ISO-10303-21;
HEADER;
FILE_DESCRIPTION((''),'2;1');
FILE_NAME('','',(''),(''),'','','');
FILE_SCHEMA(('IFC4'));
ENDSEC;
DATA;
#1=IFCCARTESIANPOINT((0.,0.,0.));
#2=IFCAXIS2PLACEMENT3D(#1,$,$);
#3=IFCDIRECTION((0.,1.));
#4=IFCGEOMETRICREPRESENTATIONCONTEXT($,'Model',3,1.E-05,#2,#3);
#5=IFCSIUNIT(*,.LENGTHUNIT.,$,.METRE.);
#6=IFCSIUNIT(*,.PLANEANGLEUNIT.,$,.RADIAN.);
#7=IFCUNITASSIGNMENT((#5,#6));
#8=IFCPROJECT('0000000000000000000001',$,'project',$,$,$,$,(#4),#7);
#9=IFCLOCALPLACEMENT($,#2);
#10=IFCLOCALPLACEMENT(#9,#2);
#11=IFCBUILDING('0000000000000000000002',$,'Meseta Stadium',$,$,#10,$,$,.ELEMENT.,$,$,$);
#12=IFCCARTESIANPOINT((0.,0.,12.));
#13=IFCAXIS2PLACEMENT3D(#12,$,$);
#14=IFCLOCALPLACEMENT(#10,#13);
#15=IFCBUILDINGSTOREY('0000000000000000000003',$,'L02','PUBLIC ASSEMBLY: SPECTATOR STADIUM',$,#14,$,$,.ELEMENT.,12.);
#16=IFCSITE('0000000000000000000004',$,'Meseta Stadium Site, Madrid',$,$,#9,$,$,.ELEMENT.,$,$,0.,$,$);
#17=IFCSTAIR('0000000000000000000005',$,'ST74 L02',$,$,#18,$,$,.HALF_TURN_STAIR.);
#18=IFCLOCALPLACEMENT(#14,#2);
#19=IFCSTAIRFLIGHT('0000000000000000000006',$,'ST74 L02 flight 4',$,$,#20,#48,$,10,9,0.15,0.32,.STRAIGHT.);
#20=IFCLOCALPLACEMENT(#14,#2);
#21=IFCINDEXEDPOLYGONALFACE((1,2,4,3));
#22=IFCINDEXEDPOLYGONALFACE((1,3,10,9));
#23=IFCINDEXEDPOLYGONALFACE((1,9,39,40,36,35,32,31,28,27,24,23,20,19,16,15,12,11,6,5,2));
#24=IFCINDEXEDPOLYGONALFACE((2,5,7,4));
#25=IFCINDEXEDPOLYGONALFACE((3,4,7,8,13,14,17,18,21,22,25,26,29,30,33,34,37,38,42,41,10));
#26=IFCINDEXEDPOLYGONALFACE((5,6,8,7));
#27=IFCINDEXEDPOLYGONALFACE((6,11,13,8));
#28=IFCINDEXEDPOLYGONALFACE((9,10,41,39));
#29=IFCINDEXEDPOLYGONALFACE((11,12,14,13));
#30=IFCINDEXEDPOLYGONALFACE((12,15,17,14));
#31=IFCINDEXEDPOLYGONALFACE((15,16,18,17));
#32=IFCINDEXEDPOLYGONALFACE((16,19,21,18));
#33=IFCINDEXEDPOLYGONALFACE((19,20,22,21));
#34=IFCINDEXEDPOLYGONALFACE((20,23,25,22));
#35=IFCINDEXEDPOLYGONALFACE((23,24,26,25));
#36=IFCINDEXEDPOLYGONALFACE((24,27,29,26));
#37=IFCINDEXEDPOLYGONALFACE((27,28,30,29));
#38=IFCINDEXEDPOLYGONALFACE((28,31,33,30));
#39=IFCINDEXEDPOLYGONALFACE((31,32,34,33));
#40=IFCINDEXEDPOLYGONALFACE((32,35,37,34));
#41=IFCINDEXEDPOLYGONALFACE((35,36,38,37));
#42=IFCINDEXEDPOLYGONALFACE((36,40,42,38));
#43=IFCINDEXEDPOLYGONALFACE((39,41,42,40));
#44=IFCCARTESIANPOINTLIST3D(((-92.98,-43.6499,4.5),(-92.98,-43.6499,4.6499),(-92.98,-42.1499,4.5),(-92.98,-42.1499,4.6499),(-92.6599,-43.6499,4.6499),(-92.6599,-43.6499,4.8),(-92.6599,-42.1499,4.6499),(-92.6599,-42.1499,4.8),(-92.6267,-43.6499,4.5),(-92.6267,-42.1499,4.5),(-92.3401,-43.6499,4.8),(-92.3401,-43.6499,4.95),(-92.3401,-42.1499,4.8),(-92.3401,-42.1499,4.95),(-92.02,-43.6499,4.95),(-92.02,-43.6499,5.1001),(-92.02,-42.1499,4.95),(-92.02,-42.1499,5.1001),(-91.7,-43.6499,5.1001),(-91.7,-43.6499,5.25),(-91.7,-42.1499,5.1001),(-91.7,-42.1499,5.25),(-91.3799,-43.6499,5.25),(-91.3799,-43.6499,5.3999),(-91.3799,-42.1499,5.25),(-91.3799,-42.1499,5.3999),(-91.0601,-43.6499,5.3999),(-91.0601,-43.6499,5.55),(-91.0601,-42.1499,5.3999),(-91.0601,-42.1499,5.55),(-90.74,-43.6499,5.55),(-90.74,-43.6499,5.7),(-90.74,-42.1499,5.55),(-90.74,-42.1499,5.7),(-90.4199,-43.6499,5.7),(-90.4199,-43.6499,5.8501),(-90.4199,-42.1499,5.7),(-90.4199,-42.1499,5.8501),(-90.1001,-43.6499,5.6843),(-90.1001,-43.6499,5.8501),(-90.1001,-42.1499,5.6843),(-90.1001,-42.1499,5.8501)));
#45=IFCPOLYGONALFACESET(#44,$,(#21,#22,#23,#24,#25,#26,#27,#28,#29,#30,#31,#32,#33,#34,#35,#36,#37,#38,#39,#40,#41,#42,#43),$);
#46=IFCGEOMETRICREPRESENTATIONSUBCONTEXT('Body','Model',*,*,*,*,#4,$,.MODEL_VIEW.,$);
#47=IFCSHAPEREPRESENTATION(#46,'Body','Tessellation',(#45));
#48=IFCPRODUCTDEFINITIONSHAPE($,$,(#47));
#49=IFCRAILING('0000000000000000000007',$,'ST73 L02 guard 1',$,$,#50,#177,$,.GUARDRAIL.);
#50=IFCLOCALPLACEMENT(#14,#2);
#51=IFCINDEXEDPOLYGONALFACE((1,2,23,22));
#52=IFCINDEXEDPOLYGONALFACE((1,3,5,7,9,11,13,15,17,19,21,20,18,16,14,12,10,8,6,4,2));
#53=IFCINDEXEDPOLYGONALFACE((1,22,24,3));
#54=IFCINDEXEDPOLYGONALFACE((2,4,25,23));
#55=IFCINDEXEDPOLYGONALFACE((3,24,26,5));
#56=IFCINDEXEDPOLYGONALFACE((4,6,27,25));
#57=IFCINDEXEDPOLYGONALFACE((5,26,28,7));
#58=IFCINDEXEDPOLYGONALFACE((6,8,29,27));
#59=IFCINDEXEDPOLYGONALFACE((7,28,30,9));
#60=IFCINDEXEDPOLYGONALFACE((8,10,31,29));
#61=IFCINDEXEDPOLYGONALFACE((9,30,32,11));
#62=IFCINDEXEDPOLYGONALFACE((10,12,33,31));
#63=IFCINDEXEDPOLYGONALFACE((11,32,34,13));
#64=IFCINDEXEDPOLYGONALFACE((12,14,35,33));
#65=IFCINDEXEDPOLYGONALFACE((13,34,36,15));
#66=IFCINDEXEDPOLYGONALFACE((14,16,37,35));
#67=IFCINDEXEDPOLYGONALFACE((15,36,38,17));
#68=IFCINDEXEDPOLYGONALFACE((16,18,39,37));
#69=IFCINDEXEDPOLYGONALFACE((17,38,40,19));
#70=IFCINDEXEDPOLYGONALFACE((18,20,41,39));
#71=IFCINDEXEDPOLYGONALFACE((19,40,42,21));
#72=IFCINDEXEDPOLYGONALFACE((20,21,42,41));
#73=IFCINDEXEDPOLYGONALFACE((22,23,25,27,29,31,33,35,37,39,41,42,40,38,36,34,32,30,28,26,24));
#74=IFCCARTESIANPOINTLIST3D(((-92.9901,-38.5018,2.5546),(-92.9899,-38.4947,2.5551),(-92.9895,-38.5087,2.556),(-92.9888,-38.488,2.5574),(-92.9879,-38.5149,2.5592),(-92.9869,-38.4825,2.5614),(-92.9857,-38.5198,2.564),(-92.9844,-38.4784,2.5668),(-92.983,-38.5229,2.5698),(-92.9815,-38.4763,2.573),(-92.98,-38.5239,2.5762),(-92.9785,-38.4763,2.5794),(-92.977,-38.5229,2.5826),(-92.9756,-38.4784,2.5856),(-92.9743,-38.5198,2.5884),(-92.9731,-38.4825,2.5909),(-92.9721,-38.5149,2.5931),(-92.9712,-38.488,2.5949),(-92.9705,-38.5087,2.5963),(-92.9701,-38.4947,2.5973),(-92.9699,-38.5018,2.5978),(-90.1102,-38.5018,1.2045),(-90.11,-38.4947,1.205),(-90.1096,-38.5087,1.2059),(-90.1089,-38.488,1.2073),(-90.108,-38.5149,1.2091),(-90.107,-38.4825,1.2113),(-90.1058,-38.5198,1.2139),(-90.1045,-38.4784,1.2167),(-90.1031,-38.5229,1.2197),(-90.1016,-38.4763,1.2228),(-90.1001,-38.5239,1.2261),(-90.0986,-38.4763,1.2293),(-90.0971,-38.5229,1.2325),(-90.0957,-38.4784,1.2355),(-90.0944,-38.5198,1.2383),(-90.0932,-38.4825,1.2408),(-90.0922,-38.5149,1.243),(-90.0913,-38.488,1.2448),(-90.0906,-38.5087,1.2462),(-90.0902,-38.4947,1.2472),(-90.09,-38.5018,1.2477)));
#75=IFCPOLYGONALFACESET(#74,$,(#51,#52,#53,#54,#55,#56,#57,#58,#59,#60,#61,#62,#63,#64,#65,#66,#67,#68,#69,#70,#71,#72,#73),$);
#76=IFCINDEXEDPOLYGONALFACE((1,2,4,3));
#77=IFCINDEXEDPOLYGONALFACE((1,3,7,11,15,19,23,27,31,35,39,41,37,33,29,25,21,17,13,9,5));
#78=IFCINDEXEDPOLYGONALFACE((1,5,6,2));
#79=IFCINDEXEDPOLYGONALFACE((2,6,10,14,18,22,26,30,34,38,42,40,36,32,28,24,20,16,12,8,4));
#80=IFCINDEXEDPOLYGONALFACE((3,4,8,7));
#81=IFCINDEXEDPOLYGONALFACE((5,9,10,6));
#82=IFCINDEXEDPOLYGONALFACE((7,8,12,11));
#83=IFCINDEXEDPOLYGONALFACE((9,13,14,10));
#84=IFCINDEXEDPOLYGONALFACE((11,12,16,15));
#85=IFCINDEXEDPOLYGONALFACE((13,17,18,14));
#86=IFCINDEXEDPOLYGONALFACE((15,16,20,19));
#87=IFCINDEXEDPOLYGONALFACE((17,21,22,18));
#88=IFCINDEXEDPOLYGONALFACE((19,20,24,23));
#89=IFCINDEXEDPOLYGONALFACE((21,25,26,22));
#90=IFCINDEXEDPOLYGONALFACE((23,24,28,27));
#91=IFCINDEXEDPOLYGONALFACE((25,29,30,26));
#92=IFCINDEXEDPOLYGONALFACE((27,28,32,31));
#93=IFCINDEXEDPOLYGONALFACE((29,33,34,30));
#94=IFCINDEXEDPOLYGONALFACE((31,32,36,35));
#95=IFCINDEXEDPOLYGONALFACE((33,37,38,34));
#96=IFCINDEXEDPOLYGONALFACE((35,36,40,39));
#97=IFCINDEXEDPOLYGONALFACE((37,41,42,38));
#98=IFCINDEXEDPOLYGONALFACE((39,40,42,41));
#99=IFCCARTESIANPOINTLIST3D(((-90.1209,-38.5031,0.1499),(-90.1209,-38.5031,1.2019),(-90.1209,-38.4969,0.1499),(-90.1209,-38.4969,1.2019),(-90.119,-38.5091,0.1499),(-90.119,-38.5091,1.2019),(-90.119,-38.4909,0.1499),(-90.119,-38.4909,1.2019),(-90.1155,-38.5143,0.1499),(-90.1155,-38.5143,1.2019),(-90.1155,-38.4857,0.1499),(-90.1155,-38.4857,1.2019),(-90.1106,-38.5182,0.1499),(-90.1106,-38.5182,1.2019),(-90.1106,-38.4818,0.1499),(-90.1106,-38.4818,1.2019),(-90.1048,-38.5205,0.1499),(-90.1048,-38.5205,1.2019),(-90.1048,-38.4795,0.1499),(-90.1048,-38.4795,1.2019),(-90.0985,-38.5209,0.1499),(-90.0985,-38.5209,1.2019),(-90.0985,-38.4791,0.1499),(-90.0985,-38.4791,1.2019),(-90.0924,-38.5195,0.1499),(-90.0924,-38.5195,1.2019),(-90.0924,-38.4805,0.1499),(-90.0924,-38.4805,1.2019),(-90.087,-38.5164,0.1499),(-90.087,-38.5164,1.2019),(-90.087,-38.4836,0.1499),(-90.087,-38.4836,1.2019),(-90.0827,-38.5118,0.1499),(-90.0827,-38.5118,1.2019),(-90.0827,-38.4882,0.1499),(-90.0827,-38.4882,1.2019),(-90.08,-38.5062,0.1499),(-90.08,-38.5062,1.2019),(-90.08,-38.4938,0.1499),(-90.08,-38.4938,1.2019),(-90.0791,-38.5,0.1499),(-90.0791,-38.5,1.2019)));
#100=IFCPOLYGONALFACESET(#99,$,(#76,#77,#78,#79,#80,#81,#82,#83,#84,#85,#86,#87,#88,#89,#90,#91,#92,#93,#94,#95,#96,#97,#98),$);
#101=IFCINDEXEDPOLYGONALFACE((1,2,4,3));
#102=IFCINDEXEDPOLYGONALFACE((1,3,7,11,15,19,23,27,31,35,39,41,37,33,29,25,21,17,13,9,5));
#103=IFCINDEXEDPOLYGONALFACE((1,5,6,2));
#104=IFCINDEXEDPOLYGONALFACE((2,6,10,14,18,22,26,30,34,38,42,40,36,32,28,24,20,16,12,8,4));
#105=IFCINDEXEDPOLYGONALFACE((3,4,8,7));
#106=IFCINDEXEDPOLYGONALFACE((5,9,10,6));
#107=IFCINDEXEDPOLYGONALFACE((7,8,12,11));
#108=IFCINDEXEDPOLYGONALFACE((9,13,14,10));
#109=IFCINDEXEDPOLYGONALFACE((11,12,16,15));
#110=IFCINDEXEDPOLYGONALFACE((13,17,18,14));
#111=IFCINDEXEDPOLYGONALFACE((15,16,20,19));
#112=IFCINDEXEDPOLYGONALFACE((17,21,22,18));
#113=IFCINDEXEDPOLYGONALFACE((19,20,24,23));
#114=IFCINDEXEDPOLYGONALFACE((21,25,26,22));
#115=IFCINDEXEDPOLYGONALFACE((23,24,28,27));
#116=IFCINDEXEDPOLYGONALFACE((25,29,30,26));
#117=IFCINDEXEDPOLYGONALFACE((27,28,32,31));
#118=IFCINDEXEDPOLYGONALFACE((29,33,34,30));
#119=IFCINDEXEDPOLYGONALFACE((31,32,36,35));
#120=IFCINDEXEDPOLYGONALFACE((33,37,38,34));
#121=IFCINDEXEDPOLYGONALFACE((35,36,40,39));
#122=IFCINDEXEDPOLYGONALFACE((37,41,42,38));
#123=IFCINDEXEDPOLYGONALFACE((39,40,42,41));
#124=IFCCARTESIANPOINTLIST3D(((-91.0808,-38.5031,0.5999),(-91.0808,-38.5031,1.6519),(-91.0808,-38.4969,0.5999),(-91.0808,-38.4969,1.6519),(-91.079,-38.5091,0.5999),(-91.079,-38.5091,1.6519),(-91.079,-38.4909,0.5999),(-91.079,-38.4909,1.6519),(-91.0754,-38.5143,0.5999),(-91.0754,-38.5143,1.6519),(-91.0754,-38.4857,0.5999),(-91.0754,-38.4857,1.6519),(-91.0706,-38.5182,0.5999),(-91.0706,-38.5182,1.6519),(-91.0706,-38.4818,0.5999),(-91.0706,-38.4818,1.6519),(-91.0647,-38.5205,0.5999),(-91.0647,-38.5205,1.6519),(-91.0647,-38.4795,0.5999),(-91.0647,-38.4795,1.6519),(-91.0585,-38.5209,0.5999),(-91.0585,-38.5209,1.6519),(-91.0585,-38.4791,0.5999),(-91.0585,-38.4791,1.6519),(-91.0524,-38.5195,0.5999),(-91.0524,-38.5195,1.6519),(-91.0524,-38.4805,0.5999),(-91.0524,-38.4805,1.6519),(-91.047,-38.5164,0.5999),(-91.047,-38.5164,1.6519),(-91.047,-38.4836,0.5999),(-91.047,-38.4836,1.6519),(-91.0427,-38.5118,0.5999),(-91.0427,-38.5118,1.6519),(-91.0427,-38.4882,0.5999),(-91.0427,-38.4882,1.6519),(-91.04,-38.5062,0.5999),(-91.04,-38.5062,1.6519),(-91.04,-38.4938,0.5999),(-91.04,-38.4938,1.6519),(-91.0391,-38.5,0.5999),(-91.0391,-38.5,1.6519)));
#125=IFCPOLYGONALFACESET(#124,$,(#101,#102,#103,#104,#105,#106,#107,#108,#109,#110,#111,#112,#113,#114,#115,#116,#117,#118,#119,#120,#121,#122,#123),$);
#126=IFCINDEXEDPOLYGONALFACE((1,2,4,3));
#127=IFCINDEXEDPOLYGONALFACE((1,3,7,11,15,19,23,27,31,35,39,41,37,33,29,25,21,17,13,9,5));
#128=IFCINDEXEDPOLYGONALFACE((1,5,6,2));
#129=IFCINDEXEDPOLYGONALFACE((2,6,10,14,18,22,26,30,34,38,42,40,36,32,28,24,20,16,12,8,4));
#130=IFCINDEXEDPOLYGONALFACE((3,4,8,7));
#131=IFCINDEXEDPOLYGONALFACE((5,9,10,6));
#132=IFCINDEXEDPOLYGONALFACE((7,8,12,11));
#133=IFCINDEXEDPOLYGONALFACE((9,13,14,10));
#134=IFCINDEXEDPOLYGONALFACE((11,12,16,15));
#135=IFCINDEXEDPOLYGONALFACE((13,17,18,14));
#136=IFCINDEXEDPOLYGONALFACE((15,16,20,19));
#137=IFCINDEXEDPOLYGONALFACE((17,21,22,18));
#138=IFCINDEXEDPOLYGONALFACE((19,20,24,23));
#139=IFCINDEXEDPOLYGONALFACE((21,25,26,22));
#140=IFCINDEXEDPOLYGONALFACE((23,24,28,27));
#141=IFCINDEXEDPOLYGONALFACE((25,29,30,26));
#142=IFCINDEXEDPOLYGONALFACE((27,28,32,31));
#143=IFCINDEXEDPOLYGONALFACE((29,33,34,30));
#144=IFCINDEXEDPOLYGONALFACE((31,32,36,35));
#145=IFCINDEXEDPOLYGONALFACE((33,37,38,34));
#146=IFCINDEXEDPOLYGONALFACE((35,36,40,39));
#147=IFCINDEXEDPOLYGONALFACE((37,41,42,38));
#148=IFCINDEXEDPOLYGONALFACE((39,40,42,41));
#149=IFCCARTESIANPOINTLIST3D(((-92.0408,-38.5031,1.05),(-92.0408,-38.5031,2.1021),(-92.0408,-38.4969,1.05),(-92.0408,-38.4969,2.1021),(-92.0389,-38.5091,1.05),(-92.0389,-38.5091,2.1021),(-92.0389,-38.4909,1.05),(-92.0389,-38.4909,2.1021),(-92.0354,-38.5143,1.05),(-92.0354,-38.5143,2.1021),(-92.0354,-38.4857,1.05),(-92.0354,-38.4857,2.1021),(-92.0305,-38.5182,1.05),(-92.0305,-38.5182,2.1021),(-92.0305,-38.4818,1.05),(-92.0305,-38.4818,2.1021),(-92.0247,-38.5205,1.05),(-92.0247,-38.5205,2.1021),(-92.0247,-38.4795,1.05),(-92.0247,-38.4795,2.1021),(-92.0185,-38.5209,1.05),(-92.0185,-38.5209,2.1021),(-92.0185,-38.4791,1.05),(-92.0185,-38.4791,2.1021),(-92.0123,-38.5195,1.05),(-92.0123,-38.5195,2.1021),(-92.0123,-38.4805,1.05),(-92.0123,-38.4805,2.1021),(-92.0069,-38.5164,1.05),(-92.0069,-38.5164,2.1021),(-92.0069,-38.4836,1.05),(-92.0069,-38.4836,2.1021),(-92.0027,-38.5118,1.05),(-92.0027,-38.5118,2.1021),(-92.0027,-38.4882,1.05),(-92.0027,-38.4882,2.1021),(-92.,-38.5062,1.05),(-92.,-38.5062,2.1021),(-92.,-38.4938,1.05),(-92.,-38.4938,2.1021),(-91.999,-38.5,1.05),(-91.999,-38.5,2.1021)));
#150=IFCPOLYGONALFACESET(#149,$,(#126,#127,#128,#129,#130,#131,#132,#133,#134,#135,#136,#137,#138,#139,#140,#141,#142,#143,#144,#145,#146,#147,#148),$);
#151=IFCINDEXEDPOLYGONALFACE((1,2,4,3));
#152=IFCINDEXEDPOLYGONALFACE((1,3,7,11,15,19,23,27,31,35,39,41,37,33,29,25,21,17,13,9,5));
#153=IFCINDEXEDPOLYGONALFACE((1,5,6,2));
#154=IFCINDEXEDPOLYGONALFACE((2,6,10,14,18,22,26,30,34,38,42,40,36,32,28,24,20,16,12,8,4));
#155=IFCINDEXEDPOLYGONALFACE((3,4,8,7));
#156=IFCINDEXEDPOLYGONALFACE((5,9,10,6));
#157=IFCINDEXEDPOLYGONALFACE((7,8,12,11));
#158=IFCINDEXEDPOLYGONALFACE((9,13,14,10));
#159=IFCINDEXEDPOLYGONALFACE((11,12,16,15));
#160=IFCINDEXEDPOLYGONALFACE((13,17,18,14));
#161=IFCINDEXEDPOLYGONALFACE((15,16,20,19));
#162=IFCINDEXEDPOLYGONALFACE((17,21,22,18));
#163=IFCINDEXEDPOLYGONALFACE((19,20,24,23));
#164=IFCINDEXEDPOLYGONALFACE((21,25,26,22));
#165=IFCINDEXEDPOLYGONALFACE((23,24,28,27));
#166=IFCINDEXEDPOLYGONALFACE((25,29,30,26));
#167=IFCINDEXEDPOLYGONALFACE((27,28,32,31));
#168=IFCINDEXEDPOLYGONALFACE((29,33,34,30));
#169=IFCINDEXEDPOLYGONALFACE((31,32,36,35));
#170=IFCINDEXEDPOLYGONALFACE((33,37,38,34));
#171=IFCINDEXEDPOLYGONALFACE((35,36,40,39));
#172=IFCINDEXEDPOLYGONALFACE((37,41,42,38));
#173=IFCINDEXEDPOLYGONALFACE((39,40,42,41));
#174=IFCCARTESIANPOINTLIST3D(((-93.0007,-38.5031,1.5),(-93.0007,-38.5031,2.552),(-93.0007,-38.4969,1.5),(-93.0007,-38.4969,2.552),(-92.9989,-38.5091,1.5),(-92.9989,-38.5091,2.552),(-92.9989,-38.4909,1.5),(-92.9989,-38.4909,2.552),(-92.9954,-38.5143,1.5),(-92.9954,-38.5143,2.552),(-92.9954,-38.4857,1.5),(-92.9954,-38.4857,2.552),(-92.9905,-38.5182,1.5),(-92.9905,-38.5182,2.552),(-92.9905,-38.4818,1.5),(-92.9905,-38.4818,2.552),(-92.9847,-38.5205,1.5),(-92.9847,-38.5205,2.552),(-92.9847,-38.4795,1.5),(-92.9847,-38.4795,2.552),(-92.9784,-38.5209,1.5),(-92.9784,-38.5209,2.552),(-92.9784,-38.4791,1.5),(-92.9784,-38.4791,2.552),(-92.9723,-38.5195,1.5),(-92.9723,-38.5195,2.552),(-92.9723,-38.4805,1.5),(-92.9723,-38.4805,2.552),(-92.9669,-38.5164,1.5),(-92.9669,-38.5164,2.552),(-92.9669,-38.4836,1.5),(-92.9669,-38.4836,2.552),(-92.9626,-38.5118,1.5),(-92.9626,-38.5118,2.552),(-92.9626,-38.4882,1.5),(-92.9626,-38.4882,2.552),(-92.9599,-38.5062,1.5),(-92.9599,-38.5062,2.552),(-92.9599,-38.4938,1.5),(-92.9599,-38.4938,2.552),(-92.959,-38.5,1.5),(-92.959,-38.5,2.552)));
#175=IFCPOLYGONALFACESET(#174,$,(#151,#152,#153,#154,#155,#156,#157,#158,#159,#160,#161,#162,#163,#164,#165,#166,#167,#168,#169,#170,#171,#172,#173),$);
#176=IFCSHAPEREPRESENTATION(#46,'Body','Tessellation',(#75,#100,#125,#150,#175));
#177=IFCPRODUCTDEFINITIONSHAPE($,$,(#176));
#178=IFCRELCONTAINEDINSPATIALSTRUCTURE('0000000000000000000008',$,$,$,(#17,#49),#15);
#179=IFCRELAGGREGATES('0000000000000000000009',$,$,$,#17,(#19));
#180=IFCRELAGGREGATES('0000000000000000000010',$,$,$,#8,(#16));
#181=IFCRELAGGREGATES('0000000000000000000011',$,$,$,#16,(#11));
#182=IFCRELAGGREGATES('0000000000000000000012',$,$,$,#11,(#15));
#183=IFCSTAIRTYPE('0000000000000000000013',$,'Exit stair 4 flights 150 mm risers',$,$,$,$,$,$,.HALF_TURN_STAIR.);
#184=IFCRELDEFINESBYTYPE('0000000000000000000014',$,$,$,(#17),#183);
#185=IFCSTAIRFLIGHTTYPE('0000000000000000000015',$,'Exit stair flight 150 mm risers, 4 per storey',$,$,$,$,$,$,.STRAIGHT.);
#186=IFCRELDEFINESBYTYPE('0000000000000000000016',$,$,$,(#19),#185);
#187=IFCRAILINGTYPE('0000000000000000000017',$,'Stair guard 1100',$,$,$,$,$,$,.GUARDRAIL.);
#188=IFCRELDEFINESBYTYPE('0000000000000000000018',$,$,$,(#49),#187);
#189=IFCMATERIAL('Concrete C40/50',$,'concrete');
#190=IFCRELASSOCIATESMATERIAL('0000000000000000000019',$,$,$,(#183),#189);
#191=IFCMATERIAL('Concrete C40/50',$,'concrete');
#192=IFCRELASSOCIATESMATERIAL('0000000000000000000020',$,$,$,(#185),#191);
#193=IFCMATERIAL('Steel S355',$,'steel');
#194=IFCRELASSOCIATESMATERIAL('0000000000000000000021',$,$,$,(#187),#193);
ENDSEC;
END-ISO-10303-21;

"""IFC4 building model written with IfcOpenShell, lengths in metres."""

from ifc_helpers import new_model, si_unit, direction, frame, origin, origin_2d, place, context, subcontext, project, spatial, polyline, circle, outline, extrude, material, type_object, element, aggregate, save


model = new_model("IFC4")

# Units and contexts
model_context = context("Model", 3, precision=1e-05, world=origin(), true_north=direction((0.0, 1.0)))
body_context = subcontext(model_context, "Body", "Model", "MODEL_VIEW")
ifc_project = project(units=[si_unit("LENGTHUNIT", "METRE"), si_unit("PLANEANGLEUNIT", "RADIAN")], contexts=[model_context])

# Site, building, storey
site_placement = place(None, origin())
site = spatial("IfcSite", under=ifc_project, at=site_placement, Name="Meseta Stadium Site, Madrid", CompositionType="ELEMENT", RefElevation=0.0)
building_placement = place(site_placement, origin())
building = spatial("IfcBuilding", under=site, at=building_placement, Name="Meseta Stadium", CompositionType="ELEMENT")
storey_placement = place(building_placement, frame((0.0, 0.0, 12.0)))
storey = spatial("IfcBuildingStorey", under=building, at=storey_placement, Name="L02", Description="PUBLIC ASSEMBLY: SPECTATOR STADIUM", CompositionType="ELEMENT", Elevation=12.0)

# Stair, stair flight
ifc_material_1 = material(Name="Concrete C40/50", Category="concrete")
stair_type = type_object("IfcStairType", Name="Exit stair 4 flights 150 mm risers", PredefinedType="HALF_TURN_STAIR", material=ifc_material_1)
ifc_material_2 = material(Name="Concrete C40/50", Category="concrete")
stair_flight_type = type_object("IfcStairFlightType", Name="Exit stair flight 150 mm risers, 4 per storey", PredefinedType="STRAIGHT", material=ifc_material_2)
stair_1_placement = place(storey_placement, origin())
stair_1 = element("IfcStair", 1, at=stair_1_placement, inside=storey, type_object=stair_type, Name="ST74 L02", PredefinedType="HALF_TURN_STAIR")
stair_flight_1_placement = place(storey_placement, frame((-92.98, -42.8999, 4.5), z_axis=(0.0, 0.0, 1.0), x_axis=(1.0, 0.0, 0.0)))
stair_flight_1 = element("IfcStairFlight", 2, at=stair_flight_1_placement, type_object=stair_flight_type, Name="ST74 L02 flight 4", NumberOfRisers=10, NumberOfTreads=9, PredefinedType="STRAIGHT", RiserHeight=0.15, TreadLength=0.32, context=body_context, shape_type="SweptSolid", body=[
    extrude(outline(polyline([(0.0, 0.0), (0.0, 0.1499), (0.3201, 0.1499), (0.3201, 0.3), (0.6399, 0.3), (0.6399, 0.45), (0.96, 0.45), (0.96, 0.6001), (1.28, 0.6001), (1.28, 0.75), (1.6001, 0.75), (1.6001, 0.8999), (1.9199, 0.8999), (1.9199, 1.05), (2.24, 1.05), (2.24, 1.2), (2.5601, 1.2), (2.5601, 1.3501), (2.8799, 1.3501), (2.8799, 1.1843), (0.3533, 0.0), (0.0, 0.0)])), frame((0.0, 0.75, 0.0), z_axis=(0.0, -1.0, 0.0), x_axis=(1.0, 0.0, 0.0)), (0.0, 0.0, 1.0), 1.5),
])
aggregate(stair_1, [stair_flight_1])

# Railing
ifc_material_3 = material(Name="Steel S355", Category="steel")
railing_type_1 = type_object("IfcRailingType", Name="Stair guard 1100", PredefinedType="GUARDRAIL", material=ifc_material_3)
railing_1_placement = place(storey_placement, frame((-90.1001, -38.5, 0.1499)))
element("IfcRailing", 3, at=railing_1_placement, inside=storey, type_object=railing_type_1, Name="ST73 L02 guard 1", PredefinedType="GUARDRAIL", context=body_context, shape_type="SweptSolid", body=[
    extrude(circle(Radius=0.0239, at=origin_2d()), frame((0.0, 0.0, 1.0762), z_axis=(-0.90544, 0.0, 0.424473), x_axis=(0.0, -1.0, 0.0)), (0.0, 0.0, 1.0), 3.1807),
    extrude(circle(Radius=0.021, at=origin_2d()), origin(), (0.0, 0.0, 1.0), 1.052),
    extrude(circle(Radius=0.021, at=origin_2d()), frame((-0.96, 0.0, 0.45)), (0.0, 0.0, 1.0), 1.052),
    extrude(circle(Radius=0.021, at=origin_2d()), frame((-1.9199, 0.0, 0.9001)), (0.0, 0.0, 1.0), 1.052),
    extrude(circle(Radius=0.021, at=origin_2d()), frame((-2.8799, 0.0, 1.3501)), (0.0, 0.0, 1.0), 1.052),
])

save(model, "model.ifc")
